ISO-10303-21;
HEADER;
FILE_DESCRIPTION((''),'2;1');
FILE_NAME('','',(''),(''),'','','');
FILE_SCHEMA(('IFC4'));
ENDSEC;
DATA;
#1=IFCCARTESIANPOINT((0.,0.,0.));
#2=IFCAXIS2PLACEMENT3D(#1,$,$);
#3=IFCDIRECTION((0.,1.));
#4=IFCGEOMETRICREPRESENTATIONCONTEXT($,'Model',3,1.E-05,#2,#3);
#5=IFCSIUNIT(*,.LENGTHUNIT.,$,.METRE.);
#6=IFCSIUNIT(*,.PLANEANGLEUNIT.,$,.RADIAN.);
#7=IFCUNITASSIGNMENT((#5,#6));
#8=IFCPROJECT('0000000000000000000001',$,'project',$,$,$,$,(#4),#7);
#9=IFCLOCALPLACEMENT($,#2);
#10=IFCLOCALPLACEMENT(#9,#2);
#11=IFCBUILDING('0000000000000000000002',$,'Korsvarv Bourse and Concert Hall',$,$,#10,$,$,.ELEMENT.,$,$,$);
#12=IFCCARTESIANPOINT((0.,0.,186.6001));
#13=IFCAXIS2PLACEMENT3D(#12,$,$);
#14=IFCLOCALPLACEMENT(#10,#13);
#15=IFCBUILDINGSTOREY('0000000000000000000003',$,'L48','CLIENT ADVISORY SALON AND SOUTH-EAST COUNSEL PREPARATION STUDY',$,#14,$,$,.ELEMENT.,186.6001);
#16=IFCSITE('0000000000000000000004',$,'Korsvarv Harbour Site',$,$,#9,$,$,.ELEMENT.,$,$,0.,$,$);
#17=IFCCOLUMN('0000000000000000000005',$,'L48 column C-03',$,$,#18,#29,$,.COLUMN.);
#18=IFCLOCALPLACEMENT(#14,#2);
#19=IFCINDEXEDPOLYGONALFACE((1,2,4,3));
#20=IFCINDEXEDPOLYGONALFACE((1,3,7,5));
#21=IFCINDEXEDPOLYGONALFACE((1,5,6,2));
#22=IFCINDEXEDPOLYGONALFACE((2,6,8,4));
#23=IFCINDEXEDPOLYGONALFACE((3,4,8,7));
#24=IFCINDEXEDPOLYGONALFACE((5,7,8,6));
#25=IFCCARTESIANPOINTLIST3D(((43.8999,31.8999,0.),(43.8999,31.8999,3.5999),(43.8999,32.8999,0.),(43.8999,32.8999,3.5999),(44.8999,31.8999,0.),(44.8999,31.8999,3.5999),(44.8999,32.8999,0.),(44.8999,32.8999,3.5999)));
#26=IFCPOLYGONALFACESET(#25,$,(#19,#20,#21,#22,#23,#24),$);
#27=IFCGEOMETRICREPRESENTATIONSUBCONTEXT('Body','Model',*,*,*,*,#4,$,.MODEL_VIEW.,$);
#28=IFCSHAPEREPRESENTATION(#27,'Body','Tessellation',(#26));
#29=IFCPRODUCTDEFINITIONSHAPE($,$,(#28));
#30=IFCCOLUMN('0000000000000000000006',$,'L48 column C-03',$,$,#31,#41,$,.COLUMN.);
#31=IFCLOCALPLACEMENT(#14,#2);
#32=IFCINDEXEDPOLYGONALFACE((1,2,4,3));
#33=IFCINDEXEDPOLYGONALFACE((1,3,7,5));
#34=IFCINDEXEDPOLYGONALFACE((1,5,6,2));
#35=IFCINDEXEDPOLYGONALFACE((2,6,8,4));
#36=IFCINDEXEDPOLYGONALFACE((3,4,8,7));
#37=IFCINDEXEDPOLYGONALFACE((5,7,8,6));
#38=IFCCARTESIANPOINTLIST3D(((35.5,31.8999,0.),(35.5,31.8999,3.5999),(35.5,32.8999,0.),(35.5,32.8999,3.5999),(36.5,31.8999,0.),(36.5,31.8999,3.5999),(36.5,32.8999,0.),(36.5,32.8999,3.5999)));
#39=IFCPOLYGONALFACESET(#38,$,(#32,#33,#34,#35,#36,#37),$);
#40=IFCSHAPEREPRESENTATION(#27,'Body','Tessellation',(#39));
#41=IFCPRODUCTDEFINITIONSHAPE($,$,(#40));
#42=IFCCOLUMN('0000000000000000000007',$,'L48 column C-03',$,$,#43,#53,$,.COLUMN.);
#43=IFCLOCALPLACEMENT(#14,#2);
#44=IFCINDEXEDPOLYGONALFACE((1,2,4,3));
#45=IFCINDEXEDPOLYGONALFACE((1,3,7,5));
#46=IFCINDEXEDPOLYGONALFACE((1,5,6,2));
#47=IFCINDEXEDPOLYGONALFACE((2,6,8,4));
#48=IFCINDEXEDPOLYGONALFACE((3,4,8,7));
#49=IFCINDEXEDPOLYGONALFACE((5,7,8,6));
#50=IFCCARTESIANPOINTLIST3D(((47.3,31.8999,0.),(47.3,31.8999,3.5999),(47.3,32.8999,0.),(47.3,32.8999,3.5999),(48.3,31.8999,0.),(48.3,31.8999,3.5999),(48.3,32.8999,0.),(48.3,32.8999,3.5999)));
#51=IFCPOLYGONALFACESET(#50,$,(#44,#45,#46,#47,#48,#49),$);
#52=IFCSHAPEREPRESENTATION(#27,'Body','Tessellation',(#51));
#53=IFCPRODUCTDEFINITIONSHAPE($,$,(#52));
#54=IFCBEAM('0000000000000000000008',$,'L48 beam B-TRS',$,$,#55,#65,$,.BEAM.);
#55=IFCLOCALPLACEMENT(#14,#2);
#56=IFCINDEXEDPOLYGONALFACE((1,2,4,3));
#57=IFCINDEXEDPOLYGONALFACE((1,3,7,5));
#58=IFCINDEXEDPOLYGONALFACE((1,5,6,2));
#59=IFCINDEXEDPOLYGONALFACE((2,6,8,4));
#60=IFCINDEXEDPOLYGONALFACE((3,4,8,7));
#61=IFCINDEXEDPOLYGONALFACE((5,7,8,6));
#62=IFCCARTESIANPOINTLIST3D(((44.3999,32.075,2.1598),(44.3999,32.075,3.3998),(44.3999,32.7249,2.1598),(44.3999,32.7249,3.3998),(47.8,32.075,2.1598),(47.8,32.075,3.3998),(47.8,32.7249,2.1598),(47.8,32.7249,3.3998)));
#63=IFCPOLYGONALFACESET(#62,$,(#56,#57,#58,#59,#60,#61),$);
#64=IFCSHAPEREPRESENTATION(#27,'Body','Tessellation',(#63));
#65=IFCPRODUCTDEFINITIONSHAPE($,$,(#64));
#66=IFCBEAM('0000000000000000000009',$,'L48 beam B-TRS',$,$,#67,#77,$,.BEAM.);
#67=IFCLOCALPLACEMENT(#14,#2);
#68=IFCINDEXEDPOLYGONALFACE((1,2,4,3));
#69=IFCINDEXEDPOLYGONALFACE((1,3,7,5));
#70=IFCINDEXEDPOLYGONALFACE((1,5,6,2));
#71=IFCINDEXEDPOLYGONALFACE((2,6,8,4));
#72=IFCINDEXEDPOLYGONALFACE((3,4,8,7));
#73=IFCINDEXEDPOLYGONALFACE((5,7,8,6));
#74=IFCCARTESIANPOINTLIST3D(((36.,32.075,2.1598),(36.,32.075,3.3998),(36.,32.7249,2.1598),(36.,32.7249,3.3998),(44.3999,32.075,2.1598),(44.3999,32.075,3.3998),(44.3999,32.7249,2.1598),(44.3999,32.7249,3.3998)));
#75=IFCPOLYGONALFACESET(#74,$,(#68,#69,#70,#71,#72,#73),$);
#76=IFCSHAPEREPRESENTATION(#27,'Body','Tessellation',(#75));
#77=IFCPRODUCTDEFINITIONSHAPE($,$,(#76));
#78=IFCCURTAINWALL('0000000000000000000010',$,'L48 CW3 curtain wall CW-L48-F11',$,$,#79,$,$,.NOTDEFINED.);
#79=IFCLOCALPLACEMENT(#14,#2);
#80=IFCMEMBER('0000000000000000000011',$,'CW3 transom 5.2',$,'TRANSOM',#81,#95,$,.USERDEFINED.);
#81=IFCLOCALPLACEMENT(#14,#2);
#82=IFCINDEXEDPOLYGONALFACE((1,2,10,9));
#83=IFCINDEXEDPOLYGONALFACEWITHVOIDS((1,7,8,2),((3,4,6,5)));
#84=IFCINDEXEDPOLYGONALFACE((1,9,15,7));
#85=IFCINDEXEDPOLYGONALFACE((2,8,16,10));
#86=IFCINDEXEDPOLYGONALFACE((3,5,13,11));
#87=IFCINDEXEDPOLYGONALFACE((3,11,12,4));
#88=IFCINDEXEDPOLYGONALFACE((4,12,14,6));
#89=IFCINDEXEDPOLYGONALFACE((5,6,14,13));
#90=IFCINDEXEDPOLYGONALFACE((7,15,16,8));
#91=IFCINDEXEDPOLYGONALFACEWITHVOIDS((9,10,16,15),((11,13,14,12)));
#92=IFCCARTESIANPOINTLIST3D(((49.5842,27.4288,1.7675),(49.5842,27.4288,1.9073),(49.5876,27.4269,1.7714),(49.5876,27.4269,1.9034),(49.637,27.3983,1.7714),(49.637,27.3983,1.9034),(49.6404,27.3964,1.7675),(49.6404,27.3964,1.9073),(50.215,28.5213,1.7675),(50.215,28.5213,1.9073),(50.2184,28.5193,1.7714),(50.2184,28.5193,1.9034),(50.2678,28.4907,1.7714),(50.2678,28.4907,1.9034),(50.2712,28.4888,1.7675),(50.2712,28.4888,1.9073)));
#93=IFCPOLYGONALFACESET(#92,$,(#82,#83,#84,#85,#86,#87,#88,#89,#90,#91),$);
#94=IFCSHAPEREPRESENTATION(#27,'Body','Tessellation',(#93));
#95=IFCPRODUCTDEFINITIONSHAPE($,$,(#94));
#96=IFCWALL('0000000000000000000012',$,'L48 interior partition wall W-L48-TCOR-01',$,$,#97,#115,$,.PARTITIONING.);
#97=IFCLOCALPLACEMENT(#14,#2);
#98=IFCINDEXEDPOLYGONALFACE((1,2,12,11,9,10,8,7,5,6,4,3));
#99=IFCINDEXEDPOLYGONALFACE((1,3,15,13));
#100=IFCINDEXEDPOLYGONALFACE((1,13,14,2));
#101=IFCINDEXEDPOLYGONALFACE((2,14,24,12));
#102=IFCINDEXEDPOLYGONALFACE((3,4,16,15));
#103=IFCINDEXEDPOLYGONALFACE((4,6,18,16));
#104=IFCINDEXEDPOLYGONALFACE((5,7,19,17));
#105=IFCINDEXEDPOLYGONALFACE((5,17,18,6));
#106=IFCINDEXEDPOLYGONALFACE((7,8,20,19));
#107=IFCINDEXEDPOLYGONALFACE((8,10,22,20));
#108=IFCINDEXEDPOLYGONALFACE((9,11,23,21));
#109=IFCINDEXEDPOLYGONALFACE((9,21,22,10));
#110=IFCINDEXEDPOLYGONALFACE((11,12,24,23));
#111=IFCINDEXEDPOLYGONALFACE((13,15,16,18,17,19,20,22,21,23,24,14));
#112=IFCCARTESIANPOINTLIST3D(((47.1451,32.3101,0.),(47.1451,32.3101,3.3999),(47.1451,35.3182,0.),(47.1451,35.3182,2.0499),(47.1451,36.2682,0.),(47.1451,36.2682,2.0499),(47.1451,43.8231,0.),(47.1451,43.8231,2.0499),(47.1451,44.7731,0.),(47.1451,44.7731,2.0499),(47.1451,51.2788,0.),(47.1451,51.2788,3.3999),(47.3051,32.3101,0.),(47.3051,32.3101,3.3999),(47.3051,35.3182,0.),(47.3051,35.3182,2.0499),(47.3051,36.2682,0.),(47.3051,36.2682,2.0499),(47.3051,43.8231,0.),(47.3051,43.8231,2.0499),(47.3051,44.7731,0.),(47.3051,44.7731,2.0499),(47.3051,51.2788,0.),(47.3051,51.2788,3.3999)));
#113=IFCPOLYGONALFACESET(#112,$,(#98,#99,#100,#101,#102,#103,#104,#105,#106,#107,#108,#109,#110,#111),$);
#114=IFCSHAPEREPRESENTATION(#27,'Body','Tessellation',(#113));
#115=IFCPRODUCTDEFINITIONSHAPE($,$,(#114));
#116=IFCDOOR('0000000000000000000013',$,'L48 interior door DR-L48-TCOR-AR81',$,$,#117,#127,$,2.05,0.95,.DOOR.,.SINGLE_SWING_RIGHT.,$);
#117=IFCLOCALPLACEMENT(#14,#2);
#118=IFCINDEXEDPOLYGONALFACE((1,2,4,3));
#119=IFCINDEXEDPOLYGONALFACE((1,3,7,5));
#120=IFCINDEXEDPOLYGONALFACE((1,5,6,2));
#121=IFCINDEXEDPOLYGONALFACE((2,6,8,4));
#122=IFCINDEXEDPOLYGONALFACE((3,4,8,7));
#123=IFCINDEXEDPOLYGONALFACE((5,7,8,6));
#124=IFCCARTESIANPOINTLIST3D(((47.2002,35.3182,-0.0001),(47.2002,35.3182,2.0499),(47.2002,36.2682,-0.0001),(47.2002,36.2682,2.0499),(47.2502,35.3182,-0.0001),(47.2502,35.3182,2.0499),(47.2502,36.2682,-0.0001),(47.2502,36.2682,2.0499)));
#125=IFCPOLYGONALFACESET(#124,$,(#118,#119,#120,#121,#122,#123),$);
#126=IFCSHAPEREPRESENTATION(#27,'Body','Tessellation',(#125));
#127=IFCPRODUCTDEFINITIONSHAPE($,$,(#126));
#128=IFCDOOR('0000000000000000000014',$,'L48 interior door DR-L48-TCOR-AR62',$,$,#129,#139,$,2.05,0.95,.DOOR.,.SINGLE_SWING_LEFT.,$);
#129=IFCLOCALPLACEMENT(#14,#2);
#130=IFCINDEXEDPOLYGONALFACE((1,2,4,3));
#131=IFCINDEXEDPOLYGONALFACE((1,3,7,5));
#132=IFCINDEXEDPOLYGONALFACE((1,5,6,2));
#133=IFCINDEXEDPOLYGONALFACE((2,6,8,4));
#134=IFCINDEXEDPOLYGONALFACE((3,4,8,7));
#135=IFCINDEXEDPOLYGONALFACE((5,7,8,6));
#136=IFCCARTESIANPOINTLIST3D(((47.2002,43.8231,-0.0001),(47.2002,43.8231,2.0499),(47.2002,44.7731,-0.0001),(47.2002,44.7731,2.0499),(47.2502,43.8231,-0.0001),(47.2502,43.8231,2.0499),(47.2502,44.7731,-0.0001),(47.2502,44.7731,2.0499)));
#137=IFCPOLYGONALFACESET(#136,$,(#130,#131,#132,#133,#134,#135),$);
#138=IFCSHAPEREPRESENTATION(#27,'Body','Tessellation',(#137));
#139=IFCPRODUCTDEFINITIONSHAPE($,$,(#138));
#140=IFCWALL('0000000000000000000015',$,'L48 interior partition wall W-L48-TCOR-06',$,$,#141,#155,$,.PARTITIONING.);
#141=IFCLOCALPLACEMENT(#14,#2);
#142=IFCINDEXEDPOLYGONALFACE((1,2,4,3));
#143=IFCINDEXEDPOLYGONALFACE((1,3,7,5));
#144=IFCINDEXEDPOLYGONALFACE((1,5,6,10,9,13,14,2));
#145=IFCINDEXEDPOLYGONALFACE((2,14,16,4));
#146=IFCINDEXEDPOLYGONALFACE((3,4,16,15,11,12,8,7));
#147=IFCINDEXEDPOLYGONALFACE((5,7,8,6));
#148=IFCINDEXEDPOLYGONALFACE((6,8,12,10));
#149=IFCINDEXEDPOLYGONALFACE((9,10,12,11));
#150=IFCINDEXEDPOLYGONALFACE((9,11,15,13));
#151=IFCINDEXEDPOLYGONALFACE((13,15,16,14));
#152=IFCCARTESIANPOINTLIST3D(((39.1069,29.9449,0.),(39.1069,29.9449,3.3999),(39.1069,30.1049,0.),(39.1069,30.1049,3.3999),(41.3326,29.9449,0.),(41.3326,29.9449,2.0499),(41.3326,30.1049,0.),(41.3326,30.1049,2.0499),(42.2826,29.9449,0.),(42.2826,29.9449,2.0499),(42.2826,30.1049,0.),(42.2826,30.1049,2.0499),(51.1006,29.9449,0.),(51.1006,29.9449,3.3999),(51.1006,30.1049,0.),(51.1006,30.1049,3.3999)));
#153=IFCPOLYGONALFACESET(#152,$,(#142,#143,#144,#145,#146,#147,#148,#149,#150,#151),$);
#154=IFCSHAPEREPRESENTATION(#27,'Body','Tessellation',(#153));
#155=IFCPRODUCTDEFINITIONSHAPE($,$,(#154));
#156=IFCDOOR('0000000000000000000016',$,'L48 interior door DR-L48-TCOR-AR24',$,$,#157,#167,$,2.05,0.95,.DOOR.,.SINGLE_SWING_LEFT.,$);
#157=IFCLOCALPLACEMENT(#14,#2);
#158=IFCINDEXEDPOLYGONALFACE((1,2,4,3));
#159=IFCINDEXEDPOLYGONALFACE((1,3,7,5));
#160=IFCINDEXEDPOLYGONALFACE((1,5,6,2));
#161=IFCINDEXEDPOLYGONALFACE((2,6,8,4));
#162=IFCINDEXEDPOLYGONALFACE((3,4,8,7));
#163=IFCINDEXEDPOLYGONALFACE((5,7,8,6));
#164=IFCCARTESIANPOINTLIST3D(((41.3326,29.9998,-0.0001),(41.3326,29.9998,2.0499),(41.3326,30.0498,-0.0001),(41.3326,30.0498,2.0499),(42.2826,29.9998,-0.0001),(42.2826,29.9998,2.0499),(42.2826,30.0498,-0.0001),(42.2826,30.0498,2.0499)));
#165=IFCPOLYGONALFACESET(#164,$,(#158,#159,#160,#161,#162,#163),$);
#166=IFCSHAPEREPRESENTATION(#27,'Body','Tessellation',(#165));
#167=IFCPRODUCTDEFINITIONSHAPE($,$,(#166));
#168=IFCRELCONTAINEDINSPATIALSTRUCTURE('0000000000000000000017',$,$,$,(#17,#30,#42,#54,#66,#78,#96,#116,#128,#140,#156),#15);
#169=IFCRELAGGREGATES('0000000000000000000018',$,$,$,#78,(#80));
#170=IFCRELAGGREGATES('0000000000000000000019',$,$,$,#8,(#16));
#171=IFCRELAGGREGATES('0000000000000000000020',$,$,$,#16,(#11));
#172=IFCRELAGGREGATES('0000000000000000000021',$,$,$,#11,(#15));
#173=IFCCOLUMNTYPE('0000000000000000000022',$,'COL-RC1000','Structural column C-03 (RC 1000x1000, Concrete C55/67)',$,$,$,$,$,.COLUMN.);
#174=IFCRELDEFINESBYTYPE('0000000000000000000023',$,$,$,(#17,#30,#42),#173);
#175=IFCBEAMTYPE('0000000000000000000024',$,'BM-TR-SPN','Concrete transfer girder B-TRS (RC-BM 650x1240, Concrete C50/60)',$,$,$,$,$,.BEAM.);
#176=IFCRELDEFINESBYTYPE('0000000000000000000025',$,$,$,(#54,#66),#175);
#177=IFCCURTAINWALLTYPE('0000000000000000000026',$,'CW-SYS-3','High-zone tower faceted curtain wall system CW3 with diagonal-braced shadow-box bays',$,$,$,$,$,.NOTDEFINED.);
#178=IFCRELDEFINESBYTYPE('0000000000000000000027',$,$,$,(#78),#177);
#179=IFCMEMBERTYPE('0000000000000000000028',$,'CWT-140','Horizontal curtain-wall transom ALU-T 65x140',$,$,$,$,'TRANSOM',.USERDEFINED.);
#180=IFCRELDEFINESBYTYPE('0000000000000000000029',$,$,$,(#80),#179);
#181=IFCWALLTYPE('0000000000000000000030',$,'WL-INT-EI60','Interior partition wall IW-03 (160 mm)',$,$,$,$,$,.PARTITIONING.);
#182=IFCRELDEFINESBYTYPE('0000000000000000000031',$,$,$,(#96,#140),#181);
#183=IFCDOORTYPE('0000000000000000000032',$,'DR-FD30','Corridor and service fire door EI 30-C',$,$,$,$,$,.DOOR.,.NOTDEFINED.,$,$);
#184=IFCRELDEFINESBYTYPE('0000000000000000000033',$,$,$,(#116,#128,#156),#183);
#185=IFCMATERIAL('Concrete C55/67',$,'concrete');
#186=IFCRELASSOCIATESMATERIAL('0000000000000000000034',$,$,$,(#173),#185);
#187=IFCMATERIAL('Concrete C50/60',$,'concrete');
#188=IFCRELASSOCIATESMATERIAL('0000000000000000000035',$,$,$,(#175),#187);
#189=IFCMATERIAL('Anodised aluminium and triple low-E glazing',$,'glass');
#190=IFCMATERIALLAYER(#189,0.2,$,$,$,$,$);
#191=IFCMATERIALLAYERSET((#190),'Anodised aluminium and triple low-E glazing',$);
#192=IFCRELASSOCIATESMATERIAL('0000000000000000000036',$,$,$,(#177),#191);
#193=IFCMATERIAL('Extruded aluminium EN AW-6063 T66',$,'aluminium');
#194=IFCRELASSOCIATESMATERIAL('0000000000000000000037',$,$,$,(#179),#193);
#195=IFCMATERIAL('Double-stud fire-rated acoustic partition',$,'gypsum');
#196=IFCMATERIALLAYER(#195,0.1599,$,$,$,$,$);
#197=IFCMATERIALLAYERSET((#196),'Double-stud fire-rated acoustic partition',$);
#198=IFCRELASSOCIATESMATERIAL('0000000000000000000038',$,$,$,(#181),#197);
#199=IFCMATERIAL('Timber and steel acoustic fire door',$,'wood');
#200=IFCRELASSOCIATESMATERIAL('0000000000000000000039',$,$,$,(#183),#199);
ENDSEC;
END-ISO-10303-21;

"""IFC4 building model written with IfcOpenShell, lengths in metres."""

from ifc_helpers import new_model, si_unit, direction, frame, frame_2d, origin, origin_2d, place, context, subcontext, project, spatial, rectangle, hollow_rectangle, extrude, source, transform, mapped, material, layer, layer_set, material_profile, profile_set, type_object, element, fill, aggregate, save


model = new_model("IFC4")

# Units and contexts
model_context = context("Model", 3, precision=1e-05, world=origin(), true_north=direction((0.0, 1.0)))
body_context = subcontext(model_context, "Body", "Model", "MODEL_VIEW")
ifc_project = project(units=[si_unit("LENGTHUNIT", "METRE"), si_unit("PLANEANGLEUNIT", "RADIAN")], contexts=[model_context])

# Site, building, storey
site_placement = place(None, origin())
site = spatial("IfcSite", under=ifc_project, at=site_placement, Name="Korsvarv Harbour Site", CompositionType="ELEMENT", RefElevation=0.0)
building_placement = place(site_placement, origin())
building = spatial("IfcBuilding", under=site, at=building_placement, Name="Korsvarv Bourse and Concert Hall", CompositionType="ELEMENT")
storey_placement = place(building_placement, frame((0.0, 0.0, 186.6001)))
storey = spatial("IfcBuildingStorey", under=building, at=storey_placement, Name="L48", Description="CLIENT ADVISORY SALON AND SOUTH-EAST COUNSEL PREPARATION STUDY", CompositionType="ELEMENT", Elevation=186.6001)

# Columns
ifc_material_1 = material(Name="Concrete C55/67", Category="concrete")
ifc_material_profile_1 = material_profile(ifc_material_1, rectangle(XDim=1.0, YDim=1.0, at=origin_2d()), Name="RC 1000x1000")
ifc_profile_set_1 = profile_set([ifc_material_profile_1], Name="Concrete C55/67")
column_type = type_object("IfcColumnType", Name="COL-RC1000", Description="Structural column C-03 (RC 1000x1000, Concrete C55/67)", PredefinedType="COLUMN", material=ifc_profile_set_1)
shared_shape_1 = source(origin(), body_context, "Body", "SweptSolid", [
    extrude(rectangle(XDim=1.0, YDim=1.0, at=origin_2d()), origin(), (0.0, 0.0, 1.0), 3.5999),
])
for number, where, z_axis, x_axis, name in (
    (1, (44.3999, 32.3999, 0.0), (0.0, 0.0, 1.0), (1.0, 0.0, 0.0), "L48 column C-03"),
    (2, (36.0, 32.3999, 0.0), (0.0, 0.0, 1.0), (1.0, 0.0, 0.0), "L48 column C-03"),
    (3, (47.8, 32.3999, 0.0), (0.0, 0.0, 1.0), (1.0, 0.0, 0.0), "L48 column C-03"),
):
    element("IfcColumn", number, at=place(storey_placement, frame(where, z_axis=z_axis, x_axis=x_axis)), inside=storey, type_object=column_type, Name=name, PredefinedType="COLUMN", context=body_context, shape_type="MappedRepresentation", body=[
        mapped(shared_shape_1, transform((0.0, 0.0, 0.0), scale=1.0)),
    ])

# Beams
ifc_material_2 = material(Name="Concrete C50/60", Category="concrete")
ifc_material_profile_2 = material_profile(ifc_material_2, rectangle(XDim=0.6499, YDim=1.24, at=origin_2d()), Name="RC-BM 650x1240")
ifc_profile_set_2 = profile_set([ifc_material_profile_2], Name="Concrete C50/60")
beam_type = type_object("IfcBeamType", Name="BM-TR-SPN", Description="Concrete transfer girder B-TRS (RC-BM 650x1240, Concrete C50/60)", PredefinedType="BEAM", material=ifc_profile_set_2)
shared_shape_2 = source(origin(), body_context, "Body", "SweptSolid", [
    extrude(rectangle(XDim=0.6499, YDim=1.24, at=origin_2d()), origin(), (0.0, 0.0, 1.0), 3.4001),
])
beam_1_placement = place(storey_placement, frame((44.3999, 32.3999, 2.7798), z_axis=(1.0, 0.0, 0.0), x_axis=(0.0, 1.0, 0.0)))
element("IfcBeam", 4, at=beam_1_placement, inside=storey, type_object=beam_type, Name="L48 beam B-TRS", PredefinedType="BEAM", context=body_context, shape_type="MappedRepresentation", body=[
    mapped(shared_shape_2, transform((0.0, 0.0, 0.0), scale=1.0)),
])
shared_shape_3 = source(origin(), body_context, "Body", "SweptSolid", [
    extrude(rectangle(XDim=0.6499, YDim=1.24, at=origin_2d()), origin(), (0.0, 0.0, 1.0), 8.3999),
])
beam_2_placement = place(storey_placement, frame((36.0, 32.3999, 2.7798), z_axis=(1.0, 0.0, 0.0), x_axis=(0.0, 1.0, 0.0)))
element("IfcBeam", 5, at=beam_2_placement, inside=storey, type_object=beam_type, Name="L48 beam B-TRS", PredefinedType="BEAM", context=body_context, shape_type="MappedRepresentation", body=[
    mapped(shared_shape_3, transform((0.0, 0.0, 0.0), scale=1.0)),
])

# Curtain wall, member
ifc_material_3 = material(Name="Anodised aluminium and triple low-E glazing", Category="glass")
ifc_layer_1 = layer(ifc_material_3, 0.2)
ifc_layer_set_1 = layer_set([ifc_layer_1], Name="Anodised aluminium and triple low-E glazing")
curtain_wall_type = type_object("IfcCurtainWallType", Name="CW-SYS-3", Description="High-zone tower faceted curtain wall system CW3 with diagonal-braced shadow-box bays", PredefinedType="NOTDEFINED", material=ifc_layer_set_1)
curtain_wall_placement = place(storey_placement, origin())
curtain_wall = element("IfcCurtainWall", 6, at=curtain_wall_placement, inside=storey, type_object=curtain_wall_type, Name="L48 CW3 curtain wall CW-L48-F11", PredefinedType="NOTDEFINED")
ifc_material_4 = material(Name="Extruded aluminium EN AW-6063 T66", Category="aluminium")
ifc_material_profile_3 = material_profile(ifc_material_4, hollow_rectangle(XDim=0.0649, YDim=0.1399, WallThickness=0.0039, at=origin_2d()), Name="ALU-T 65x140")
ifc_profile_set_3 = profile_set([ifc_material_profile_3], Name="Extruded aluminium EN AW-6063 T66")
member_type = type_object("IfcMemberType", Name="CWT-140", Description="Horizontal curtain-wall transom ALU-T 65x140", ElementType="TRANSOM", PredefinedType="USERDEFINED", material=ifc_profile_set_3)
shared_shape_4 = source(origin(), body_context, "Body", "SweptSolid", [
    extrude(hollow_rectangle(XDim=0.0649, YDim=0.1399, WallThickness=0.0039, at=origin_2d()), origin(), (0.0, 0.0, 1.0), 1.2615),
])
member_placement = place(storey_placement, frame((49.6123, 27.4126, 1.8374), z_axis=(0.500052, 0.865995, 0.0), x_axis=(-0.865995, 0.500052, 0.0)))
member = element("IfcMember", 7, at=member_placement, type_object=member_type, Name="CW3 transom 5.2", ObjectType="TRANSOM", PredefinedType="USERDEFINED", context=body_context, shape_type="MappedRepresentation", body=[
    mapped(shared_shape_4, transform((0.0, 0.0, 0.0), scale=1.0)),
])
aggregate(curtain_wall, [member])

# Wall, openings, doors
ifc_material_5 = material(Name="Double-stud fire-rated acoustic partition", Category="gypsum")
ifc_layer_2 = layer(ifc_material_5, 0.1599)
ifc_layer_set_2 = layer_set([ifc_layer_2], Name="Double-stud fire-rated acoustic partition")
wall_type_1 = type_object("IfcWallType", Name="WL-INT-EI60", Description="Interior partition wall IW-03 (160 mm)", PredefinedType="PARTITIONING", material=ifc_layer_set_2)
wall_1_placement = place(storey_placement, frame((47.2251, 32.3101, 0.0), z_axis=(0.0, 0.0, 1.0), x_axis=(0.0, 1.0, 0.0)))
wall_1 = element("IfcWall", 8, at=wall_1_placement, inside=storey, type_object=wall_type_1, Name="L48 interior partition wall W-L48-TCOR-01", PredefinedType="PARTITIONING", context=body_context, shape_type="SweptSolid", body=[
    extrude(rectangle(XDim=18.9688, YDim=0.1599, at=frame_2d((9.4844, 0.0))), origin(), (0.0, 0.0, 1.0), 3.3999),
])
opening_1_placement = place(wall_1_placement, frame((3.0081, 0.0, 0.0)))
opening_1 = element("IfcOpeningElement", 9, at=opening_1_placement, cuts=wall_1, PredefinedType="OPENING", context=body_context, shape_type="SweptSolid", body=[
    extrude(rectangle(XDim=0.95, YDim=2.05, at=frame_2d((0.4751, 1.0249))), frame((0.0, 0.0898, 0.0), z_axis=(0.0, -1.0, 0.0), x_axis=(1.0, 0.0, 0.0)), (0.0, 0.0, 1.0), 0.1799),
])
opening_2_placement = place(wall_1_placement, frame((11.5129, 0.0, 0.0)))
opening_2 = element("IfcOpeningElement", 10, at=opening_2_placement, cuts=wall_1, PredefinedType="OPENING", context=body_context, shape_type="SweptSolid", body=[
    extrude(rectangle(XDim=0.95, YDim=2.05, at=frame_2d((0.4751, 1.0249))), frame((0.0, 0.0898, 0.0), z_axis=(0.0, -1.0, 0.0), x_axis=(1.0, 0.0, 0.0)), (0.0, 0.0, 1.0), 0.1799),
])
ifc_material_6 = material(Name="Timber and steel acoustic fire door", Category="wood")
door_type = type_object("IfcDoorType", Name="DR-FD30", Description="Corridor and service fire door EI 30-C", OperationType="NOTDEFINED", PredefinedType="DOOR", material=ifc_material_6)
door_1_placement = place(opening_1_placement, origin())
door_1 = element("IfcDoor", 11, at=door_1_placement, inside=storey, type_object=door_type, Name="L48 interior door DR-L48-TCOR-AR81", OperationType="SINGLE_SWING_RIGHT", OverallHeight=2.05, OverallWidth=0.95, PredefinedType="DOOR", context=body_context, shape_type="SweptSolid", body=[
    extrude(rectangle(XDim=0.95, YDim=2.05, at=frame_2d((0.4751, 1.0249))), frame((0.0, 0.0249, 0.0), z_axis=(0.0, -1.0, 0.0), x_axis=(1.0, 0.0, 0.0)), (0.0, 0.0, 1.0), 0.05),
])
fill(opening_1, door_1)
door_2_placement = place(opening_2_placement, origin())
door_2 = element("IfcDoor", 12, at=door_2_placement, inside=storey, type_object=door_type, Name="L48 interior door DR-L48-TCOR-AR62", OperationType="SINGLE_SWING_LEFT", OverallHeight=2.05, OverallWidth=0.95, PredefinedType="DOOR", context=body_context, shape_type="SweptSolid", body=[
    extrude(rectangle(XDim=0.95, YDim=2.05, at=frame_2d((0.4751, 1.0249))), frame((0.0, 0.0249, 0.0), z_axis=(0.0, -1.0, 0.0), x_axis=(1.0, 0.0, 0.0)), (0.0, 0.0, 1.0), 0.05),
])
fill(opening_2, door_2)

# Wall, opening, door
wall_2_placement = place(storey_placement, frame((39.1069, 30.0249, 0.0), z_axis=(0.0, 0.0, 1.0), x_axis=(1.0, 0.0, 0.0)))
wall_2 = element("IfcWall", 13, at=wall_2_placement, inside=storey, type_object=wall_type_1, Name="L48 interior partition wall W-L48-TCOR-06", PredefinedType="PARTITIONING", context=body_context, shape_type="SweptSolid", body=[
    extrude(rectangle(XDim=11.9937, YDim=0.1599, at=frame_2d((5.9968, 0.0))), origin(), (0.0, 0.0, 1.0), 3.3999),
])
opening_3_placement = place(wall_2_placement, frame((2.2256, 0.0, 0.0)))
opening_3 = element("IfcOpeningElement", 14, at=opening_3_placement, cuts=wall_2, PredefinedType="OPENING", context=body_context, shape_type="SweptSolid", body=[
    extrude(rectangle(XDim=0.95, YDim=2.05, at=frame_2d((0.4751, 1.0249))), frame((0.0, 0.0898, 0.0), z_axis=(0.0, -1.0, 0.0), x_axis=(1.0, 0.0, 0.0)), (0.0, 0.0, 1.0), 0.1799),
])
door_3_placement = place(opening_3_placement, origin())
door_3 = element("IfcDoor", 15, at=door_3_placement, inside=storey, type_object=door_type, Name="L48 interior door DR-L48-TCOR-AR24", OperationType="SINGLE_SWING_LEFT", OverallHeight=2.05, OverallWidth=0.95, PredefinedType="DOOR", context=body_context, shape_type="SweptSolid", body=[
    extrude(rectangle(XDim=0.95, YDim=2.05, at=frame_2d((0.4751, 1.0249))), frame((0.0, 0.0249, 0.0), z_axis=(0.0, -1.0, 0.0), x_axis=(1.0, 0.0, 0.0)), (0.0, 0.0, 1.0), 0.05),
])
fill(opening_3, door_3)

save(model, "model.ifc")
